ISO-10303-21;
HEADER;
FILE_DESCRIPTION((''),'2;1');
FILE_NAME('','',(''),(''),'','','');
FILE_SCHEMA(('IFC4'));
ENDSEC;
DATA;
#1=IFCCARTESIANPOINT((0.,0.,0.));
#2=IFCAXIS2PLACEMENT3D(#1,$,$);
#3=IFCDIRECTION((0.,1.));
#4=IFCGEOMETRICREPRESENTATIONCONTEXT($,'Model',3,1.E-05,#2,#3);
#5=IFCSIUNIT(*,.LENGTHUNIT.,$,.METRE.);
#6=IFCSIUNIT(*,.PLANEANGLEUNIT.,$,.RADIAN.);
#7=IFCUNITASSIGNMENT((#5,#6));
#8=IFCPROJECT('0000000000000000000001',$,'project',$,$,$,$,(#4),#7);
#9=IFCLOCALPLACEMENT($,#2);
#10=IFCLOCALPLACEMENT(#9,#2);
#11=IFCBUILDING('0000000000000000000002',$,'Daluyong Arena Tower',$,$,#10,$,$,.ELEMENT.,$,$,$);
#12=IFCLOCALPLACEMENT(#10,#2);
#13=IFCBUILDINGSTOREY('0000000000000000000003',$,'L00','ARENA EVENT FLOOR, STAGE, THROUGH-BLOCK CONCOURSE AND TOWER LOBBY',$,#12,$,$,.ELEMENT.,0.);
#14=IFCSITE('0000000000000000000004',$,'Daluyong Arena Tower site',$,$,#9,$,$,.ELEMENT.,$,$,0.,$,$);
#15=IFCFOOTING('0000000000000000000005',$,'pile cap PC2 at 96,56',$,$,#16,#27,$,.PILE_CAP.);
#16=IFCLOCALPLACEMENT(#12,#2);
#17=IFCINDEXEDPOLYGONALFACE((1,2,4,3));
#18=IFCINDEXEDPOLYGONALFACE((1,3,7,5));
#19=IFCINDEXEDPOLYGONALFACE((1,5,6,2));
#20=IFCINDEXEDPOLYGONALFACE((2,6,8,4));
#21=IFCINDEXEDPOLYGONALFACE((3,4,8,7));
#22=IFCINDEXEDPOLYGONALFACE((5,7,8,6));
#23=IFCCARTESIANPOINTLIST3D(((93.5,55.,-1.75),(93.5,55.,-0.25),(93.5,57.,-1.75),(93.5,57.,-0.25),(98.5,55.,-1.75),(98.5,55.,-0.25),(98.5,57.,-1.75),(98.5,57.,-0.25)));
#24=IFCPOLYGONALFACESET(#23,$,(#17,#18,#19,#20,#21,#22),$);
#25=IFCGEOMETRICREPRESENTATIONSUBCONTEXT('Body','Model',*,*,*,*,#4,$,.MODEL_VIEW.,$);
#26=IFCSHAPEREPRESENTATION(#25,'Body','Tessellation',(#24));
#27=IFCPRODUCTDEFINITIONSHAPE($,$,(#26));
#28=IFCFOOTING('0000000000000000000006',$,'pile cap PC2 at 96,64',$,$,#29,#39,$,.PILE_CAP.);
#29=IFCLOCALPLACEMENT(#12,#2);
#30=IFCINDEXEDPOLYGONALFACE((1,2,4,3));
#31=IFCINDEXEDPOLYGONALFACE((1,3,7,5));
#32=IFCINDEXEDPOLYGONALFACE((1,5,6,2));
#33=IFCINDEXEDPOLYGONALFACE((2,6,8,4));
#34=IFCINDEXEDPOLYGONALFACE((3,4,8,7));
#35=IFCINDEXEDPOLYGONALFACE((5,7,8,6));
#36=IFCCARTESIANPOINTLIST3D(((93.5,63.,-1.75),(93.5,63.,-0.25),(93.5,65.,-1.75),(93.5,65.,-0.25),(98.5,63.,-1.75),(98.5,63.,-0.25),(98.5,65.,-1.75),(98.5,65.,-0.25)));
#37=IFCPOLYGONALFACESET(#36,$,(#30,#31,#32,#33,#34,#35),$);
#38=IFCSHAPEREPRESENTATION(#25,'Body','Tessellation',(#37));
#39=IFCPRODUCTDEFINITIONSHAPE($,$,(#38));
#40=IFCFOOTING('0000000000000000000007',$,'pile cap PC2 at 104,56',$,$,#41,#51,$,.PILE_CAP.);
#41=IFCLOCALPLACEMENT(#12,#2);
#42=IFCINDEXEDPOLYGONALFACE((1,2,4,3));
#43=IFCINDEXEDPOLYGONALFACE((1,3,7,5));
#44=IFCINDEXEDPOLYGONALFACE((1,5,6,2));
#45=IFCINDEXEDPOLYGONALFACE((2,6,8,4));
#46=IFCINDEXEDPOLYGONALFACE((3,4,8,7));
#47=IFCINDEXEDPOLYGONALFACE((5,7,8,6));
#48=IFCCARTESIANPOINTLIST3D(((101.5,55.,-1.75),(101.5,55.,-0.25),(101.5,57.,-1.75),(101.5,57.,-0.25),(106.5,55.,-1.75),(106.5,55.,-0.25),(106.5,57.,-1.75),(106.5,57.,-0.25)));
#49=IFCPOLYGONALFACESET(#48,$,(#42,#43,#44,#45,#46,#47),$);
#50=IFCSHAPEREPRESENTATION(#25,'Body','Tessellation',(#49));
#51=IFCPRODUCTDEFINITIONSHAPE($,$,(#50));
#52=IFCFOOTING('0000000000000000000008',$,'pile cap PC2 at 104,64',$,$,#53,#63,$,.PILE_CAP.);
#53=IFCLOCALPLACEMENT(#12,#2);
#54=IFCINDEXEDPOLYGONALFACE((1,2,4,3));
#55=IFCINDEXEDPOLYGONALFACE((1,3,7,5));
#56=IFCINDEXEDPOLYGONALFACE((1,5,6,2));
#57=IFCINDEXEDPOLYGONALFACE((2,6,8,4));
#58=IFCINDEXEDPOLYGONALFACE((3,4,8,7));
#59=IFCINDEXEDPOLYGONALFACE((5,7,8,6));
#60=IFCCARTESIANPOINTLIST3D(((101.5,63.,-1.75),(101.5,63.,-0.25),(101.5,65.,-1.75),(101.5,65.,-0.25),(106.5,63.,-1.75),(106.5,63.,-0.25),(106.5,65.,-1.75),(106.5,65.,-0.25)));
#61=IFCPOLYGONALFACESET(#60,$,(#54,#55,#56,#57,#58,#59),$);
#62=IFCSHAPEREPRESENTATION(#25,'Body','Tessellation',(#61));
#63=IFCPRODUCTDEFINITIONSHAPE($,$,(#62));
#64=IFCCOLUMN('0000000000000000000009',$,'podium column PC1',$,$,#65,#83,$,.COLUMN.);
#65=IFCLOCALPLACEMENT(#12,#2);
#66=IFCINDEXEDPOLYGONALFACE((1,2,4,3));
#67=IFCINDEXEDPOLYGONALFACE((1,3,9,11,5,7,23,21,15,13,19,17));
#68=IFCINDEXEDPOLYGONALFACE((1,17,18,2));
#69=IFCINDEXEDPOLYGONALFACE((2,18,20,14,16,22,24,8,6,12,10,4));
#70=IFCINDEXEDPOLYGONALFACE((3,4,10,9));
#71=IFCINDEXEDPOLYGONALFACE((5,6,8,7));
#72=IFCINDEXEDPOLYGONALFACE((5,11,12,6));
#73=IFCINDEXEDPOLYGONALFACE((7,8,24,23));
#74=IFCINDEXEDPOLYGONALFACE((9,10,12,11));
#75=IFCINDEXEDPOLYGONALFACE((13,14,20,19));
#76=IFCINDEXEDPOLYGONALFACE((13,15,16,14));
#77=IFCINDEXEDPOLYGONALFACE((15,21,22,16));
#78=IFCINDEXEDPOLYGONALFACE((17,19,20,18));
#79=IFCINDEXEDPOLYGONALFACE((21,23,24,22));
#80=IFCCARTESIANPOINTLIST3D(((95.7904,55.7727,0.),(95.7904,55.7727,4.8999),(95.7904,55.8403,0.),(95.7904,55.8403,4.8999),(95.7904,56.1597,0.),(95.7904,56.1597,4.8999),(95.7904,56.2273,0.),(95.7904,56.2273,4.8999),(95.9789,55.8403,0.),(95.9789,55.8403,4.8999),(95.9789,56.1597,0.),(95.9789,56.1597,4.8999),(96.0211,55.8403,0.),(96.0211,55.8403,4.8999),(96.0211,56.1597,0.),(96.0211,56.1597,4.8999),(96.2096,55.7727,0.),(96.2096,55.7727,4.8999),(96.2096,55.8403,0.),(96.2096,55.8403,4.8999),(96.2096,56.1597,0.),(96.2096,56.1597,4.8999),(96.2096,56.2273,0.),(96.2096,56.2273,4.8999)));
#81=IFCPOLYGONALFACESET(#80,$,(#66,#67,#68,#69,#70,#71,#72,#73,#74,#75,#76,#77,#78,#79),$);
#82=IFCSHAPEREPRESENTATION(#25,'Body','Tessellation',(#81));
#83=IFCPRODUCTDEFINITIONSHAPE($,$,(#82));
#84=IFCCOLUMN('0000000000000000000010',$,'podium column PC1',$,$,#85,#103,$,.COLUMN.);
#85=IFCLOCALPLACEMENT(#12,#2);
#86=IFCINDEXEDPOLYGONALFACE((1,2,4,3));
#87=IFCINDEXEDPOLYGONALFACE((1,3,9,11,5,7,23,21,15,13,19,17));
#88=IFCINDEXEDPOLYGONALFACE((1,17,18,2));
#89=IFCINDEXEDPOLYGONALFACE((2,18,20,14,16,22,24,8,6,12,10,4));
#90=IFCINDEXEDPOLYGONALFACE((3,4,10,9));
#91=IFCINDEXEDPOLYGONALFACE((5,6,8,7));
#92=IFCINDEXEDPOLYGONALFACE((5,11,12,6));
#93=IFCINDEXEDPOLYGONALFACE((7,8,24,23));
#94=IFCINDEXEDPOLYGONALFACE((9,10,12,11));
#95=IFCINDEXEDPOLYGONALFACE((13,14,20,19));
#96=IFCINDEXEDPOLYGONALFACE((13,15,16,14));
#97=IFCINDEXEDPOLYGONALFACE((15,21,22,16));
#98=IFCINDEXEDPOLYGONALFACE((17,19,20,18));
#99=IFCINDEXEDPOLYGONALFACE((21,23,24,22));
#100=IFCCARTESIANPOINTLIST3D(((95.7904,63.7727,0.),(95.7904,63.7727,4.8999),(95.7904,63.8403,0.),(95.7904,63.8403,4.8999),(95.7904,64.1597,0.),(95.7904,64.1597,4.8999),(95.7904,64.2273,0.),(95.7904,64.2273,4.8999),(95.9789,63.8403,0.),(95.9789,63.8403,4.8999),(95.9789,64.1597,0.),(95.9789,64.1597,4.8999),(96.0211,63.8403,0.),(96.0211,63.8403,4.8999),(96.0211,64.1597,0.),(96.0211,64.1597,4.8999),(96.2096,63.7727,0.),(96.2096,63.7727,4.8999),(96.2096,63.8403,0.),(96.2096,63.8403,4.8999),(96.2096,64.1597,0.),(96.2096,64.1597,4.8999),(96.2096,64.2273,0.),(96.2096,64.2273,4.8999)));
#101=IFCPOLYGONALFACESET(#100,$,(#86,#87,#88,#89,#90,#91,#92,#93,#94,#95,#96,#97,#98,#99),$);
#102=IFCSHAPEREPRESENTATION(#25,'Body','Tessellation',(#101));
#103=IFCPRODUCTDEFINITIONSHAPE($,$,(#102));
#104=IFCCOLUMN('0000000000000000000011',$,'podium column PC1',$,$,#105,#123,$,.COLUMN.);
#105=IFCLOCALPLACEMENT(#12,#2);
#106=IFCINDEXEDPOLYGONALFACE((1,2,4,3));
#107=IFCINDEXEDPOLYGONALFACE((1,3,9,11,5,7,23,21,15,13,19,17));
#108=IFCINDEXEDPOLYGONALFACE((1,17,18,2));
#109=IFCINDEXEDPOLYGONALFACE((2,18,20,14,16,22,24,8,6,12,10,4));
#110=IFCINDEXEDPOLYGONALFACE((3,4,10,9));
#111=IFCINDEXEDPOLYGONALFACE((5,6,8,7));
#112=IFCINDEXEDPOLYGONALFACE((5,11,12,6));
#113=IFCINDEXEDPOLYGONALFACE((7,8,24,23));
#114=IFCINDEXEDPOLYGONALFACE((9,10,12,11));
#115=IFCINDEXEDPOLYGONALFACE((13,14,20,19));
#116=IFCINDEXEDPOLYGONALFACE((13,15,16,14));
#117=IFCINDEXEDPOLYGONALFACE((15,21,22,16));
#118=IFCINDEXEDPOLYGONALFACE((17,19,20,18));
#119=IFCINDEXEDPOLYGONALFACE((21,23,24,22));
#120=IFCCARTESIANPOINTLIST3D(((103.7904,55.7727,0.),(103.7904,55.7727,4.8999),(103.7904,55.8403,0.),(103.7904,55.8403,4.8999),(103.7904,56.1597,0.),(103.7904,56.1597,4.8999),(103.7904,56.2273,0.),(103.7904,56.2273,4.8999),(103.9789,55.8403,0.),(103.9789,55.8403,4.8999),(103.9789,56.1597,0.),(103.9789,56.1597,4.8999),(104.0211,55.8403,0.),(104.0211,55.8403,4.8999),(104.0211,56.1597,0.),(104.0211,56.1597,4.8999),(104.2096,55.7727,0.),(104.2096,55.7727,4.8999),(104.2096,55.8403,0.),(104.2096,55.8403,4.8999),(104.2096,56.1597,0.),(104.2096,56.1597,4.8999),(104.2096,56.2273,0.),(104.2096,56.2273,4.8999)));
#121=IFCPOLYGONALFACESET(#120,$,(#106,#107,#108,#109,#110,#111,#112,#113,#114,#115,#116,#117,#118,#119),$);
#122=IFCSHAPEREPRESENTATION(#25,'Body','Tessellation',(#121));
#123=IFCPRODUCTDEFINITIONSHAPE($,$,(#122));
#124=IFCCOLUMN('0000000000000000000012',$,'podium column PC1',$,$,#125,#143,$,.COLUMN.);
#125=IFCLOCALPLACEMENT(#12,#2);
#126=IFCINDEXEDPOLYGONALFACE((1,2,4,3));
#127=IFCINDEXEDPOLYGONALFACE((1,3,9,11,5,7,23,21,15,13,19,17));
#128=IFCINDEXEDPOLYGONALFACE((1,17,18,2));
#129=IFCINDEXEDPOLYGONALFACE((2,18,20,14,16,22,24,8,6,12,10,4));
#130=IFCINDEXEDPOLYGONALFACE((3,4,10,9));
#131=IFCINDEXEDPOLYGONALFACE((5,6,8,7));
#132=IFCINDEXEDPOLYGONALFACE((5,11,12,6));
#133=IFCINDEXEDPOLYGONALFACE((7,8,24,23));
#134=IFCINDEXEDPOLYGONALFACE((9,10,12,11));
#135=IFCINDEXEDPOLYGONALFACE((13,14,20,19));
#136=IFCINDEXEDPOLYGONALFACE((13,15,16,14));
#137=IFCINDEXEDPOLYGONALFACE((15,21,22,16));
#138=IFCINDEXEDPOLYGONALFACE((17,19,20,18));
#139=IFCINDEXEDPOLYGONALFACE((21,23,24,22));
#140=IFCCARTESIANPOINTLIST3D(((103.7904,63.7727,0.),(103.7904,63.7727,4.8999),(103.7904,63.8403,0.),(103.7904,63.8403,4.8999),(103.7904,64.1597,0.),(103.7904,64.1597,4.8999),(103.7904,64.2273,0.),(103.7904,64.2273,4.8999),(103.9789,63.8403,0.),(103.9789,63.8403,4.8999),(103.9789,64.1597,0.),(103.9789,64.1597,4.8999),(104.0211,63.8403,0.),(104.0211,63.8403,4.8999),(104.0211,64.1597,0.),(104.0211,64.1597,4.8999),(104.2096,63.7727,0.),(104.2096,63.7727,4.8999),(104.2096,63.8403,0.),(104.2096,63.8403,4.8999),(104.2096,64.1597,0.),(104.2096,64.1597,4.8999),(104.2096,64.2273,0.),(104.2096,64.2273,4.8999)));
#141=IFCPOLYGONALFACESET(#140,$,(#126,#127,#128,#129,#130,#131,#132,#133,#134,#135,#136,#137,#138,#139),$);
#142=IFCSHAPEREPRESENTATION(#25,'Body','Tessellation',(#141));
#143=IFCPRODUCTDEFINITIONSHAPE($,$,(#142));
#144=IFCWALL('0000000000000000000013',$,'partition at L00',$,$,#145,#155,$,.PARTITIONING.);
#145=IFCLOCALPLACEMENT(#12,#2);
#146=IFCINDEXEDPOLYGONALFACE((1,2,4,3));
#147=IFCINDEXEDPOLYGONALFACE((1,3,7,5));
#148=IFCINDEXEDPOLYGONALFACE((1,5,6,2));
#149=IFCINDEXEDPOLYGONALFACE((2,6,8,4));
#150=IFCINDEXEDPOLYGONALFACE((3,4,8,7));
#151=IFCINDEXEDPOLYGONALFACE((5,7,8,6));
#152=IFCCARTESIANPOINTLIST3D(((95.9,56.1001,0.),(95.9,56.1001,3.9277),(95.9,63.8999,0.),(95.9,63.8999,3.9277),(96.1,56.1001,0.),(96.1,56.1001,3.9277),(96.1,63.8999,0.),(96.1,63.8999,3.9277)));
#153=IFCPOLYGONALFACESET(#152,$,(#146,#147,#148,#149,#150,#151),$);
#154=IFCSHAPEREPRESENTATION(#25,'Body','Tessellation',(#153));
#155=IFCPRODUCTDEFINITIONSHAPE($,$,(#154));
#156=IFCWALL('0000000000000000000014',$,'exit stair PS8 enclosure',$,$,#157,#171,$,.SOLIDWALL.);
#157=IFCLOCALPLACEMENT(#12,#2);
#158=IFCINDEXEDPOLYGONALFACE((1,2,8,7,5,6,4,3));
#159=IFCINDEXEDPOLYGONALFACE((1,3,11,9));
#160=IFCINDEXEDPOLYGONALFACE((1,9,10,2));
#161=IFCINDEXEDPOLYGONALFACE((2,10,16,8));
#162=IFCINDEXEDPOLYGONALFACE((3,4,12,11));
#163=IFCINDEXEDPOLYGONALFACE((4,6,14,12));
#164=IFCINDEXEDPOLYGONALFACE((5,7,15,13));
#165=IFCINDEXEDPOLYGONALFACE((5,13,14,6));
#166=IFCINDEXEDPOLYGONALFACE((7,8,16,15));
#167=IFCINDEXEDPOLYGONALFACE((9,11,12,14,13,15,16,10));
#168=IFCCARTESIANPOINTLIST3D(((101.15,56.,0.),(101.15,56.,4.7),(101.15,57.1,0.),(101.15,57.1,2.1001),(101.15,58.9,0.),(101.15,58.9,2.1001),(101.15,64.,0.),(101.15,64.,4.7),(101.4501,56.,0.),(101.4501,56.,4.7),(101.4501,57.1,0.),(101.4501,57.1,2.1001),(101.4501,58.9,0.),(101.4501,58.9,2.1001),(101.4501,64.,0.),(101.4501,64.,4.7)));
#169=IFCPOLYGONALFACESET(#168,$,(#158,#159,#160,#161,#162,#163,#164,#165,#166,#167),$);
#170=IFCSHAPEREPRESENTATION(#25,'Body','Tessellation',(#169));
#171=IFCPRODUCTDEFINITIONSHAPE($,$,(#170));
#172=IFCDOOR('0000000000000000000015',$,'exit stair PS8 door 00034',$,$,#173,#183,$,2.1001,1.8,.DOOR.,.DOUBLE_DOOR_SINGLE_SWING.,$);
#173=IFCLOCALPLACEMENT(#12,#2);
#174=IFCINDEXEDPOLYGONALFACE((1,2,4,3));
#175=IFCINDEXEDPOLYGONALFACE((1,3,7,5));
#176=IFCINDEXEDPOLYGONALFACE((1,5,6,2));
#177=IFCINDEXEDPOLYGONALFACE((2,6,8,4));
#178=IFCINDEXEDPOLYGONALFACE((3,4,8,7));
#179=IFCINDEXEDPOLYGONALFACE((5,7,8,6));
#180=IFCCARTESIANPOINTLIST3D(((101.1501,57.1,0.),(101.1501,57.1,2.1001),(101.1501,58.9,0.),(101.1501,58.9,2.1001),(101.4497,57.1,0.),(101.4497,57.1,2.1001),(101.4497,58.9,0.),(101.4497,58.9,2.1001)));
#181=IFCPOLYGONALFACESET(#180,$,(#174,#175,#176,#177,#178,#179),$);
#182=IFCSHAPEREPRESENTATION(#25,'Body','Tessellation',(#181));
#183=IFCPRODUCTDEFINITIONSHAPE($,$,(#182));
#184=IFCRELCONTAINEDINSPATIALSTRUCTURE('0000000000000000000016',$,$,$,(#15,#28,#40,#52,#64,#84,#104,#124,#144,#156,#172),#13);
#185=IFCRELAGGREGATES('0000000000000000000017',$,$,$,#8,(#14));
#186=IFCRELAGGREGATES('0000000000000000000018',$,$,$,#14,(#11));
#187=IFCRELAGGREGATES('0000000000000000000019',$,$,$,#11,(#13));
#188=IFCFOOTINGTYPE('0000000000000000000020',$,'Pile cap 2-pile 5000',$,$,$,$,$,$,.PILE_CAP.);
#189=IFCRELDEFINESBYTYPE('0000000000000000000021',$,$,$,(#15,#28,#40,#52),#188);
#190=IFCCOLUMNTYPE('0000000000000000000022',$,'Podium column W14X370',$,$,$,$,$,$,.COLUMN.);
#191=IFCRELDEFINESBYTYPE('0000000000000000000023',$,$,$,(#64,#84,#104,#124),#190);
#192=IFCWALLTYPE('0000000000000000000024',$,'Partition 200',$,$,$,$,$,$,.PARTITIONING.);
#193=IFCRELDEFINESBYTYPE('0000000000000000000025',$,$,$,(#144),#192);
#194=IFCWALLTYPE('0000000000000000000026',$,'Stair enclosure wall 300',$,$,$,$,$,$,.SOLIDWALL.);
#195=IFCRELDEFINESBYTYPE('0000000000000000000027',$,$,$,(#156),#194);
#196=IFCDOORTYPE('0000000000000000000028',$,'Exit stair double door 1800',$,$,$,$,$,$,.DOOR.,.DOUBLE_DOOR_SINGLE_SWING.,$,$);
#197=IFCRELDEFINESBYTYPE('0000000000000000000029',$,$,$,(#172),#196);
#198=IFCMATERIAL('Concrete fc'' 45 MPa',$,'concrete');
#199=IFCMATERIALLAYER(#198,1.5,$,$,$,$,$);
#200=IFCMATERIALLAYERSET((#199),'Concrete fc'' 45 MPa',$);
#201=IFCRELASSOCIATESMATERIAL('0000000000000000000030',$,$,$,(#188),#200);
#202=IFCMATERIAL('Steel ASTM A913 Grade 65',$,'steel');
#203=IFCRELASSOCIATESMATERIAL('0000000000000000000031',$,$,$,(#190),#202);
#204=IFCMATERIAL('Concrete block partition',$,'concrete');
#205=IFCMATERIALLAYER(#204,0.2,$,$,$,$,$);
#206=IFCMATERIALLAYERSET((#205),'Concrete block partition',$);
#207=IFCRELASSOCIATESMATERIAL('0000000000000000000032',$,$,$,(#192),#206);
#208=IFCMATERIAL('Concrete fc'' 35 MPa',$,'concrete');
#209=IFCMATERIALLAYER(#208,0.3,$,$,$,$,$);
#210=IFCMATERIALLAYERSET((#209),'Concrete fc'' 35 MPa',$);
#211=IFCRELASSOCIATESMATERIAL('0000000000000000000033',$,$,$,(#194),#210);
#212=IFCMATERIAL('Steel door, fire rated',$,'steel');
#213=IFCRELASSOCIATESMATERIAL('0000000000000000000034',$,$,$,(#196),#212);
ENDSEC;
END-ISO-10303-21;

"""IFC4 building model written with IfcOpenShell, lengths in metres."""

from ifc_helpers import new_model, si_unit, direction, frame, frame_2d, origin, origin_2d, place, context, subcontext, project, spatial, rectangle, i_section, extrude, material, layer, layer_set, material_profile, profile_set, type_object, element, fill, save


model = new_model("IFC4")

# Units and contexts
model_context = context("Model", 3, precision=1e-05, world=origin(), true_north=direction((0.0, 1.0)))
body_context = subcontext(model_context, "Body", "Model", "MODEL_VIEW")
ifc_project = project(units=[si_unit("LENGTHUNIT", "METRE"), si_unit("PLANEANGLEUNIT", "RADIAN")], contexts=[model_context])

# Site, building, storey
site_placement = place(None, origin())
site = spatial("IfcSite", under=ifc_project, at=site_placement, Name="Daluyong Arena Tower site", CompositionType="ELEMENT", RefElevation=0.0)
building_placement = place(site_placement, origin())
building = spatial("IfcBuilding", under=site, at=building_placement, Name="Daluyong Arena Tower", CompositionType="ELEMENT")
storey_placement = place(building_placement, origin())
storey = spatial("IfcBuildingStorey", under=building, at=storey_placement, Name="L00", Description="ARENA EVENT FLOOR, STAGE, THROUGH-BLOCK CONCOURSE AND TOWER LOBBY", CompositionType="ELEMENT", Elevation=0.0)

# Footings
ifc_material_1 = material(Name="Concrete fc' 45 MPa", Category="concrete")
ifc_layer_1 = layer(ifc_material_1, 1.5)
ifc_layer_set_1 = layer_set([ifc_layer_1], Name="Concrete fc' 45 MPa")
footing_type = type_object("IfcFootingType", Name="Pile cap 2-pile 5000", PredefinedType="PILE_CAP", material=ifc_layer_set_1)
for number, where, z_axis, x_axis, name in (
    (1, (96.0, 56.0, -1.75), (0.0, 0.0, 1.0), (1.0, 0.0, 0.0), "pile cap PC2 at 96,56"),
    (2, (96.0, 64.0, -1.75), (0.0, 0.0, 1.0), (1.0, 0.0, 0.0), "pile cap PC2 at 96,64"),
    (3, (104.0, 56.0, -1.75), (0.0, 0.0, 1.0), (1.0, 0.0, 0.0), "pile cap PC2 at 104,56"),
    (4, (104.0, 64.0, -1.75), (0.0, 0.0, 1.0), (1.0, 0.0, 0.0), "pile cap PC2 at 104,64"),
):
    element("IfcFooting", number, at=place(storey_placement, frame(where, z_axis=z_axis, x_axis=x_axis)), inside=storey, type_object=footing_type, Name=name, PredefinedType="PILE_CAP", context=body_context, shape_type="SweptSolid", body=[
        extrude(rectangle(XDim=5.0, YDim=2.0, at=origin_2d()), origin(), (0.0, 0.0, 1.0), 1.5),
    ])

# Columns
ifc_material_2 = material(Name="Steel ASTM A913 Grade 65", Category="steel")
ifc_material_profile = material_profile(ifc_material_2, i_section(OverallWidth=0.4192, OverallDepth=0.4546, WebThickness=0.0422, FlangeThickness=0.0676, at=origin_2d()))
ifc_profile_set = profile_set([ifc_material_profile], Name="Steel ASTM A913 Grade 65")
column_type = type_object("IfcColumnType", Name="Podium column W14X370", PredefinedType="COLUMN", material=ifc_profile_set)
for number, where, z_axis, x_axis, name in (
    (5, (96.0, 56.0, 0.0), (0.0, 0.0, 1.0), (1.0, 0.0, 0.0), "podium column PC1"),
    (6, (96.0, 64.0, 0.0), (0.0, 0.0, 1.0), (1.0, 0.0, 0.0), "podium column PC1"),
    (7, (104.0, 56.0, 0.0), (0.0, 0.0, 1.0), (1.0, 0.0, 0.0), "podium column PC1"),
    (8, (104.0, 64.0, 0.0), (0.0, 0.0, 1.0), (1.0, 0.0, 0.0), "podium column PC1"),
):
    element("IfcColumn", number, at=place(storey_placement, frame(where, z_axis=z_axis, x_axis=x_axis)), inside=storey, type_object=column_type, Name=name, PredefinedType="COLUMN", context=body_context, shape_type="SweptSolid", body=[
        extrude(i_section(OverallWidth=0.4192, OverallDepth=0.4546, WebThickness=0.0422, FlangeThickness=0.0676, at=origin_2d()), origin(), (0.0, 0.0, 1.0), 4.8999),
    ])

# Wall
ifc_material_3 = material(Name="Concrete block partition", Category="concrete")
ifc_layer_2 = layer(ifc_material_3, 0.2)
ifc_layer_set_2 = layer_set([ifc_layer_2], Name="Concrete block partition")
wall_type_1 = type_object("IfcWallType", Name="Partition 200", PredefinedType="PARTITIONING", material=ifc_layer_set_2)
wall_1_placement = place(storey_placement, frame((96.0, 56.1001, 0.0), z_axis=(0.0, 0.0, 1.0), x_axis=(0.0, 1.0, 0.0)))
element("IfcWall", 9, at=wall_1_placement, inside=storey, type_object=wall_type_1, Name="partition at L00", PredefinedType="PARTITIONING", context=body_context, shape_type="SweptSolid", body=[
    extrude(rectangle(XDim=7.7998, YDim=0.2, at=frame_2d((3.8999, 0.0))), origin(), (0.0, 0.0, 1.0), 3.9277),
])

# Wall, opening, door
ifc_material_4 = material(Name="Concrete fc' 35 MPa", Category="concrete")
ifc_layer_3 = layer(ifc_material_4, 0.3)
ifc_layer_set_3 = layer_set([ifc_layer_3], Name="Concrete fc' 35 MPa")
wall_type_2 = type_object("IfcWallType", Name="Stair enclosure wall 300", PredefinedType="SOLIDWALL", material=ifc_layer_set_3)
wall_2_placement = place(storey_placement, frame((101.3, 56.0, 0.0), z_axis=(0.0, 0.0, 1.0), x_axis=(0.0, 1.0, 0.0)))
wall_2 = element("IfcWall", 10, at=wall_2_placement, inside=storey, type_object=wall_type_2, Name="exit stair PS8 enclosure", PredefinedType="SOLIDWALL", context=body_context, shape_type="SweptSolid", body=[
    extrude(rectangle(XDim=8.0, YDim=0.3, at=frame_2d((4.0, 0.0))), origin(), (0.0, 0.0, 1.0), 4.7),
])
opening_1_placement = place(wall_2_placement, frame((1.1001, 0.0, 0.0)))
opening_1 = element("IfcOpeningElement", 11, at=opening_1_placement, cuts=wall_2, PredefinedType="OPENING", context=body_context, shape_type="SweptSolid", body=[
    extrude(rectangle(XDim=1.8, YDim=2.1001, at=frame_2d((0.8999, 1.05))), frame((0.0, 0.1599, 0.0), z_axis=(0.0, -1.0, 0.0), x_axis=(1.0, 0.0, 0.0)), (0.0, 0.0, 1.0), 0.3201),
])
ifc_material_5 = material(Name="Steel door, fire rated", Category="steel")
door_type = type_object("IfcDoorType", Name="Exit stair double door 1800", OperationType="DOUBLE_DOOR_SINGLE_SWING", PredefinedType="DOOR", material=ifc_material_5)
door_1_placement = place(opening_1_placement, origin())
door_1 = element("IfcDoor", 12, at=door_1_placement, inside=storey, type_object=door_type, Name="exit stair PS8 door 00034", OperationType="DOUBLE_DOOR_SINGLE_SWING", OverallHeight=2.1001, OverallWidth=1.8, PredefinedType="DOOR", context=body_context, shape_type="SweptSolid", body=[
    extrude(rectangle(XDim=1.8, YDim=2.1001, at=frame_2d((0.8999, 1.05))), frame((0.0, 0.1499, 0.0), z_axis=(0.0, -1.0, 0.0), x_axis=(1.0, 0.0, 0.0)), (0.0, 0.0, 1.0), 0.2996),
])
fill(opening_1, door_1)

save(model, "model.ifc")
